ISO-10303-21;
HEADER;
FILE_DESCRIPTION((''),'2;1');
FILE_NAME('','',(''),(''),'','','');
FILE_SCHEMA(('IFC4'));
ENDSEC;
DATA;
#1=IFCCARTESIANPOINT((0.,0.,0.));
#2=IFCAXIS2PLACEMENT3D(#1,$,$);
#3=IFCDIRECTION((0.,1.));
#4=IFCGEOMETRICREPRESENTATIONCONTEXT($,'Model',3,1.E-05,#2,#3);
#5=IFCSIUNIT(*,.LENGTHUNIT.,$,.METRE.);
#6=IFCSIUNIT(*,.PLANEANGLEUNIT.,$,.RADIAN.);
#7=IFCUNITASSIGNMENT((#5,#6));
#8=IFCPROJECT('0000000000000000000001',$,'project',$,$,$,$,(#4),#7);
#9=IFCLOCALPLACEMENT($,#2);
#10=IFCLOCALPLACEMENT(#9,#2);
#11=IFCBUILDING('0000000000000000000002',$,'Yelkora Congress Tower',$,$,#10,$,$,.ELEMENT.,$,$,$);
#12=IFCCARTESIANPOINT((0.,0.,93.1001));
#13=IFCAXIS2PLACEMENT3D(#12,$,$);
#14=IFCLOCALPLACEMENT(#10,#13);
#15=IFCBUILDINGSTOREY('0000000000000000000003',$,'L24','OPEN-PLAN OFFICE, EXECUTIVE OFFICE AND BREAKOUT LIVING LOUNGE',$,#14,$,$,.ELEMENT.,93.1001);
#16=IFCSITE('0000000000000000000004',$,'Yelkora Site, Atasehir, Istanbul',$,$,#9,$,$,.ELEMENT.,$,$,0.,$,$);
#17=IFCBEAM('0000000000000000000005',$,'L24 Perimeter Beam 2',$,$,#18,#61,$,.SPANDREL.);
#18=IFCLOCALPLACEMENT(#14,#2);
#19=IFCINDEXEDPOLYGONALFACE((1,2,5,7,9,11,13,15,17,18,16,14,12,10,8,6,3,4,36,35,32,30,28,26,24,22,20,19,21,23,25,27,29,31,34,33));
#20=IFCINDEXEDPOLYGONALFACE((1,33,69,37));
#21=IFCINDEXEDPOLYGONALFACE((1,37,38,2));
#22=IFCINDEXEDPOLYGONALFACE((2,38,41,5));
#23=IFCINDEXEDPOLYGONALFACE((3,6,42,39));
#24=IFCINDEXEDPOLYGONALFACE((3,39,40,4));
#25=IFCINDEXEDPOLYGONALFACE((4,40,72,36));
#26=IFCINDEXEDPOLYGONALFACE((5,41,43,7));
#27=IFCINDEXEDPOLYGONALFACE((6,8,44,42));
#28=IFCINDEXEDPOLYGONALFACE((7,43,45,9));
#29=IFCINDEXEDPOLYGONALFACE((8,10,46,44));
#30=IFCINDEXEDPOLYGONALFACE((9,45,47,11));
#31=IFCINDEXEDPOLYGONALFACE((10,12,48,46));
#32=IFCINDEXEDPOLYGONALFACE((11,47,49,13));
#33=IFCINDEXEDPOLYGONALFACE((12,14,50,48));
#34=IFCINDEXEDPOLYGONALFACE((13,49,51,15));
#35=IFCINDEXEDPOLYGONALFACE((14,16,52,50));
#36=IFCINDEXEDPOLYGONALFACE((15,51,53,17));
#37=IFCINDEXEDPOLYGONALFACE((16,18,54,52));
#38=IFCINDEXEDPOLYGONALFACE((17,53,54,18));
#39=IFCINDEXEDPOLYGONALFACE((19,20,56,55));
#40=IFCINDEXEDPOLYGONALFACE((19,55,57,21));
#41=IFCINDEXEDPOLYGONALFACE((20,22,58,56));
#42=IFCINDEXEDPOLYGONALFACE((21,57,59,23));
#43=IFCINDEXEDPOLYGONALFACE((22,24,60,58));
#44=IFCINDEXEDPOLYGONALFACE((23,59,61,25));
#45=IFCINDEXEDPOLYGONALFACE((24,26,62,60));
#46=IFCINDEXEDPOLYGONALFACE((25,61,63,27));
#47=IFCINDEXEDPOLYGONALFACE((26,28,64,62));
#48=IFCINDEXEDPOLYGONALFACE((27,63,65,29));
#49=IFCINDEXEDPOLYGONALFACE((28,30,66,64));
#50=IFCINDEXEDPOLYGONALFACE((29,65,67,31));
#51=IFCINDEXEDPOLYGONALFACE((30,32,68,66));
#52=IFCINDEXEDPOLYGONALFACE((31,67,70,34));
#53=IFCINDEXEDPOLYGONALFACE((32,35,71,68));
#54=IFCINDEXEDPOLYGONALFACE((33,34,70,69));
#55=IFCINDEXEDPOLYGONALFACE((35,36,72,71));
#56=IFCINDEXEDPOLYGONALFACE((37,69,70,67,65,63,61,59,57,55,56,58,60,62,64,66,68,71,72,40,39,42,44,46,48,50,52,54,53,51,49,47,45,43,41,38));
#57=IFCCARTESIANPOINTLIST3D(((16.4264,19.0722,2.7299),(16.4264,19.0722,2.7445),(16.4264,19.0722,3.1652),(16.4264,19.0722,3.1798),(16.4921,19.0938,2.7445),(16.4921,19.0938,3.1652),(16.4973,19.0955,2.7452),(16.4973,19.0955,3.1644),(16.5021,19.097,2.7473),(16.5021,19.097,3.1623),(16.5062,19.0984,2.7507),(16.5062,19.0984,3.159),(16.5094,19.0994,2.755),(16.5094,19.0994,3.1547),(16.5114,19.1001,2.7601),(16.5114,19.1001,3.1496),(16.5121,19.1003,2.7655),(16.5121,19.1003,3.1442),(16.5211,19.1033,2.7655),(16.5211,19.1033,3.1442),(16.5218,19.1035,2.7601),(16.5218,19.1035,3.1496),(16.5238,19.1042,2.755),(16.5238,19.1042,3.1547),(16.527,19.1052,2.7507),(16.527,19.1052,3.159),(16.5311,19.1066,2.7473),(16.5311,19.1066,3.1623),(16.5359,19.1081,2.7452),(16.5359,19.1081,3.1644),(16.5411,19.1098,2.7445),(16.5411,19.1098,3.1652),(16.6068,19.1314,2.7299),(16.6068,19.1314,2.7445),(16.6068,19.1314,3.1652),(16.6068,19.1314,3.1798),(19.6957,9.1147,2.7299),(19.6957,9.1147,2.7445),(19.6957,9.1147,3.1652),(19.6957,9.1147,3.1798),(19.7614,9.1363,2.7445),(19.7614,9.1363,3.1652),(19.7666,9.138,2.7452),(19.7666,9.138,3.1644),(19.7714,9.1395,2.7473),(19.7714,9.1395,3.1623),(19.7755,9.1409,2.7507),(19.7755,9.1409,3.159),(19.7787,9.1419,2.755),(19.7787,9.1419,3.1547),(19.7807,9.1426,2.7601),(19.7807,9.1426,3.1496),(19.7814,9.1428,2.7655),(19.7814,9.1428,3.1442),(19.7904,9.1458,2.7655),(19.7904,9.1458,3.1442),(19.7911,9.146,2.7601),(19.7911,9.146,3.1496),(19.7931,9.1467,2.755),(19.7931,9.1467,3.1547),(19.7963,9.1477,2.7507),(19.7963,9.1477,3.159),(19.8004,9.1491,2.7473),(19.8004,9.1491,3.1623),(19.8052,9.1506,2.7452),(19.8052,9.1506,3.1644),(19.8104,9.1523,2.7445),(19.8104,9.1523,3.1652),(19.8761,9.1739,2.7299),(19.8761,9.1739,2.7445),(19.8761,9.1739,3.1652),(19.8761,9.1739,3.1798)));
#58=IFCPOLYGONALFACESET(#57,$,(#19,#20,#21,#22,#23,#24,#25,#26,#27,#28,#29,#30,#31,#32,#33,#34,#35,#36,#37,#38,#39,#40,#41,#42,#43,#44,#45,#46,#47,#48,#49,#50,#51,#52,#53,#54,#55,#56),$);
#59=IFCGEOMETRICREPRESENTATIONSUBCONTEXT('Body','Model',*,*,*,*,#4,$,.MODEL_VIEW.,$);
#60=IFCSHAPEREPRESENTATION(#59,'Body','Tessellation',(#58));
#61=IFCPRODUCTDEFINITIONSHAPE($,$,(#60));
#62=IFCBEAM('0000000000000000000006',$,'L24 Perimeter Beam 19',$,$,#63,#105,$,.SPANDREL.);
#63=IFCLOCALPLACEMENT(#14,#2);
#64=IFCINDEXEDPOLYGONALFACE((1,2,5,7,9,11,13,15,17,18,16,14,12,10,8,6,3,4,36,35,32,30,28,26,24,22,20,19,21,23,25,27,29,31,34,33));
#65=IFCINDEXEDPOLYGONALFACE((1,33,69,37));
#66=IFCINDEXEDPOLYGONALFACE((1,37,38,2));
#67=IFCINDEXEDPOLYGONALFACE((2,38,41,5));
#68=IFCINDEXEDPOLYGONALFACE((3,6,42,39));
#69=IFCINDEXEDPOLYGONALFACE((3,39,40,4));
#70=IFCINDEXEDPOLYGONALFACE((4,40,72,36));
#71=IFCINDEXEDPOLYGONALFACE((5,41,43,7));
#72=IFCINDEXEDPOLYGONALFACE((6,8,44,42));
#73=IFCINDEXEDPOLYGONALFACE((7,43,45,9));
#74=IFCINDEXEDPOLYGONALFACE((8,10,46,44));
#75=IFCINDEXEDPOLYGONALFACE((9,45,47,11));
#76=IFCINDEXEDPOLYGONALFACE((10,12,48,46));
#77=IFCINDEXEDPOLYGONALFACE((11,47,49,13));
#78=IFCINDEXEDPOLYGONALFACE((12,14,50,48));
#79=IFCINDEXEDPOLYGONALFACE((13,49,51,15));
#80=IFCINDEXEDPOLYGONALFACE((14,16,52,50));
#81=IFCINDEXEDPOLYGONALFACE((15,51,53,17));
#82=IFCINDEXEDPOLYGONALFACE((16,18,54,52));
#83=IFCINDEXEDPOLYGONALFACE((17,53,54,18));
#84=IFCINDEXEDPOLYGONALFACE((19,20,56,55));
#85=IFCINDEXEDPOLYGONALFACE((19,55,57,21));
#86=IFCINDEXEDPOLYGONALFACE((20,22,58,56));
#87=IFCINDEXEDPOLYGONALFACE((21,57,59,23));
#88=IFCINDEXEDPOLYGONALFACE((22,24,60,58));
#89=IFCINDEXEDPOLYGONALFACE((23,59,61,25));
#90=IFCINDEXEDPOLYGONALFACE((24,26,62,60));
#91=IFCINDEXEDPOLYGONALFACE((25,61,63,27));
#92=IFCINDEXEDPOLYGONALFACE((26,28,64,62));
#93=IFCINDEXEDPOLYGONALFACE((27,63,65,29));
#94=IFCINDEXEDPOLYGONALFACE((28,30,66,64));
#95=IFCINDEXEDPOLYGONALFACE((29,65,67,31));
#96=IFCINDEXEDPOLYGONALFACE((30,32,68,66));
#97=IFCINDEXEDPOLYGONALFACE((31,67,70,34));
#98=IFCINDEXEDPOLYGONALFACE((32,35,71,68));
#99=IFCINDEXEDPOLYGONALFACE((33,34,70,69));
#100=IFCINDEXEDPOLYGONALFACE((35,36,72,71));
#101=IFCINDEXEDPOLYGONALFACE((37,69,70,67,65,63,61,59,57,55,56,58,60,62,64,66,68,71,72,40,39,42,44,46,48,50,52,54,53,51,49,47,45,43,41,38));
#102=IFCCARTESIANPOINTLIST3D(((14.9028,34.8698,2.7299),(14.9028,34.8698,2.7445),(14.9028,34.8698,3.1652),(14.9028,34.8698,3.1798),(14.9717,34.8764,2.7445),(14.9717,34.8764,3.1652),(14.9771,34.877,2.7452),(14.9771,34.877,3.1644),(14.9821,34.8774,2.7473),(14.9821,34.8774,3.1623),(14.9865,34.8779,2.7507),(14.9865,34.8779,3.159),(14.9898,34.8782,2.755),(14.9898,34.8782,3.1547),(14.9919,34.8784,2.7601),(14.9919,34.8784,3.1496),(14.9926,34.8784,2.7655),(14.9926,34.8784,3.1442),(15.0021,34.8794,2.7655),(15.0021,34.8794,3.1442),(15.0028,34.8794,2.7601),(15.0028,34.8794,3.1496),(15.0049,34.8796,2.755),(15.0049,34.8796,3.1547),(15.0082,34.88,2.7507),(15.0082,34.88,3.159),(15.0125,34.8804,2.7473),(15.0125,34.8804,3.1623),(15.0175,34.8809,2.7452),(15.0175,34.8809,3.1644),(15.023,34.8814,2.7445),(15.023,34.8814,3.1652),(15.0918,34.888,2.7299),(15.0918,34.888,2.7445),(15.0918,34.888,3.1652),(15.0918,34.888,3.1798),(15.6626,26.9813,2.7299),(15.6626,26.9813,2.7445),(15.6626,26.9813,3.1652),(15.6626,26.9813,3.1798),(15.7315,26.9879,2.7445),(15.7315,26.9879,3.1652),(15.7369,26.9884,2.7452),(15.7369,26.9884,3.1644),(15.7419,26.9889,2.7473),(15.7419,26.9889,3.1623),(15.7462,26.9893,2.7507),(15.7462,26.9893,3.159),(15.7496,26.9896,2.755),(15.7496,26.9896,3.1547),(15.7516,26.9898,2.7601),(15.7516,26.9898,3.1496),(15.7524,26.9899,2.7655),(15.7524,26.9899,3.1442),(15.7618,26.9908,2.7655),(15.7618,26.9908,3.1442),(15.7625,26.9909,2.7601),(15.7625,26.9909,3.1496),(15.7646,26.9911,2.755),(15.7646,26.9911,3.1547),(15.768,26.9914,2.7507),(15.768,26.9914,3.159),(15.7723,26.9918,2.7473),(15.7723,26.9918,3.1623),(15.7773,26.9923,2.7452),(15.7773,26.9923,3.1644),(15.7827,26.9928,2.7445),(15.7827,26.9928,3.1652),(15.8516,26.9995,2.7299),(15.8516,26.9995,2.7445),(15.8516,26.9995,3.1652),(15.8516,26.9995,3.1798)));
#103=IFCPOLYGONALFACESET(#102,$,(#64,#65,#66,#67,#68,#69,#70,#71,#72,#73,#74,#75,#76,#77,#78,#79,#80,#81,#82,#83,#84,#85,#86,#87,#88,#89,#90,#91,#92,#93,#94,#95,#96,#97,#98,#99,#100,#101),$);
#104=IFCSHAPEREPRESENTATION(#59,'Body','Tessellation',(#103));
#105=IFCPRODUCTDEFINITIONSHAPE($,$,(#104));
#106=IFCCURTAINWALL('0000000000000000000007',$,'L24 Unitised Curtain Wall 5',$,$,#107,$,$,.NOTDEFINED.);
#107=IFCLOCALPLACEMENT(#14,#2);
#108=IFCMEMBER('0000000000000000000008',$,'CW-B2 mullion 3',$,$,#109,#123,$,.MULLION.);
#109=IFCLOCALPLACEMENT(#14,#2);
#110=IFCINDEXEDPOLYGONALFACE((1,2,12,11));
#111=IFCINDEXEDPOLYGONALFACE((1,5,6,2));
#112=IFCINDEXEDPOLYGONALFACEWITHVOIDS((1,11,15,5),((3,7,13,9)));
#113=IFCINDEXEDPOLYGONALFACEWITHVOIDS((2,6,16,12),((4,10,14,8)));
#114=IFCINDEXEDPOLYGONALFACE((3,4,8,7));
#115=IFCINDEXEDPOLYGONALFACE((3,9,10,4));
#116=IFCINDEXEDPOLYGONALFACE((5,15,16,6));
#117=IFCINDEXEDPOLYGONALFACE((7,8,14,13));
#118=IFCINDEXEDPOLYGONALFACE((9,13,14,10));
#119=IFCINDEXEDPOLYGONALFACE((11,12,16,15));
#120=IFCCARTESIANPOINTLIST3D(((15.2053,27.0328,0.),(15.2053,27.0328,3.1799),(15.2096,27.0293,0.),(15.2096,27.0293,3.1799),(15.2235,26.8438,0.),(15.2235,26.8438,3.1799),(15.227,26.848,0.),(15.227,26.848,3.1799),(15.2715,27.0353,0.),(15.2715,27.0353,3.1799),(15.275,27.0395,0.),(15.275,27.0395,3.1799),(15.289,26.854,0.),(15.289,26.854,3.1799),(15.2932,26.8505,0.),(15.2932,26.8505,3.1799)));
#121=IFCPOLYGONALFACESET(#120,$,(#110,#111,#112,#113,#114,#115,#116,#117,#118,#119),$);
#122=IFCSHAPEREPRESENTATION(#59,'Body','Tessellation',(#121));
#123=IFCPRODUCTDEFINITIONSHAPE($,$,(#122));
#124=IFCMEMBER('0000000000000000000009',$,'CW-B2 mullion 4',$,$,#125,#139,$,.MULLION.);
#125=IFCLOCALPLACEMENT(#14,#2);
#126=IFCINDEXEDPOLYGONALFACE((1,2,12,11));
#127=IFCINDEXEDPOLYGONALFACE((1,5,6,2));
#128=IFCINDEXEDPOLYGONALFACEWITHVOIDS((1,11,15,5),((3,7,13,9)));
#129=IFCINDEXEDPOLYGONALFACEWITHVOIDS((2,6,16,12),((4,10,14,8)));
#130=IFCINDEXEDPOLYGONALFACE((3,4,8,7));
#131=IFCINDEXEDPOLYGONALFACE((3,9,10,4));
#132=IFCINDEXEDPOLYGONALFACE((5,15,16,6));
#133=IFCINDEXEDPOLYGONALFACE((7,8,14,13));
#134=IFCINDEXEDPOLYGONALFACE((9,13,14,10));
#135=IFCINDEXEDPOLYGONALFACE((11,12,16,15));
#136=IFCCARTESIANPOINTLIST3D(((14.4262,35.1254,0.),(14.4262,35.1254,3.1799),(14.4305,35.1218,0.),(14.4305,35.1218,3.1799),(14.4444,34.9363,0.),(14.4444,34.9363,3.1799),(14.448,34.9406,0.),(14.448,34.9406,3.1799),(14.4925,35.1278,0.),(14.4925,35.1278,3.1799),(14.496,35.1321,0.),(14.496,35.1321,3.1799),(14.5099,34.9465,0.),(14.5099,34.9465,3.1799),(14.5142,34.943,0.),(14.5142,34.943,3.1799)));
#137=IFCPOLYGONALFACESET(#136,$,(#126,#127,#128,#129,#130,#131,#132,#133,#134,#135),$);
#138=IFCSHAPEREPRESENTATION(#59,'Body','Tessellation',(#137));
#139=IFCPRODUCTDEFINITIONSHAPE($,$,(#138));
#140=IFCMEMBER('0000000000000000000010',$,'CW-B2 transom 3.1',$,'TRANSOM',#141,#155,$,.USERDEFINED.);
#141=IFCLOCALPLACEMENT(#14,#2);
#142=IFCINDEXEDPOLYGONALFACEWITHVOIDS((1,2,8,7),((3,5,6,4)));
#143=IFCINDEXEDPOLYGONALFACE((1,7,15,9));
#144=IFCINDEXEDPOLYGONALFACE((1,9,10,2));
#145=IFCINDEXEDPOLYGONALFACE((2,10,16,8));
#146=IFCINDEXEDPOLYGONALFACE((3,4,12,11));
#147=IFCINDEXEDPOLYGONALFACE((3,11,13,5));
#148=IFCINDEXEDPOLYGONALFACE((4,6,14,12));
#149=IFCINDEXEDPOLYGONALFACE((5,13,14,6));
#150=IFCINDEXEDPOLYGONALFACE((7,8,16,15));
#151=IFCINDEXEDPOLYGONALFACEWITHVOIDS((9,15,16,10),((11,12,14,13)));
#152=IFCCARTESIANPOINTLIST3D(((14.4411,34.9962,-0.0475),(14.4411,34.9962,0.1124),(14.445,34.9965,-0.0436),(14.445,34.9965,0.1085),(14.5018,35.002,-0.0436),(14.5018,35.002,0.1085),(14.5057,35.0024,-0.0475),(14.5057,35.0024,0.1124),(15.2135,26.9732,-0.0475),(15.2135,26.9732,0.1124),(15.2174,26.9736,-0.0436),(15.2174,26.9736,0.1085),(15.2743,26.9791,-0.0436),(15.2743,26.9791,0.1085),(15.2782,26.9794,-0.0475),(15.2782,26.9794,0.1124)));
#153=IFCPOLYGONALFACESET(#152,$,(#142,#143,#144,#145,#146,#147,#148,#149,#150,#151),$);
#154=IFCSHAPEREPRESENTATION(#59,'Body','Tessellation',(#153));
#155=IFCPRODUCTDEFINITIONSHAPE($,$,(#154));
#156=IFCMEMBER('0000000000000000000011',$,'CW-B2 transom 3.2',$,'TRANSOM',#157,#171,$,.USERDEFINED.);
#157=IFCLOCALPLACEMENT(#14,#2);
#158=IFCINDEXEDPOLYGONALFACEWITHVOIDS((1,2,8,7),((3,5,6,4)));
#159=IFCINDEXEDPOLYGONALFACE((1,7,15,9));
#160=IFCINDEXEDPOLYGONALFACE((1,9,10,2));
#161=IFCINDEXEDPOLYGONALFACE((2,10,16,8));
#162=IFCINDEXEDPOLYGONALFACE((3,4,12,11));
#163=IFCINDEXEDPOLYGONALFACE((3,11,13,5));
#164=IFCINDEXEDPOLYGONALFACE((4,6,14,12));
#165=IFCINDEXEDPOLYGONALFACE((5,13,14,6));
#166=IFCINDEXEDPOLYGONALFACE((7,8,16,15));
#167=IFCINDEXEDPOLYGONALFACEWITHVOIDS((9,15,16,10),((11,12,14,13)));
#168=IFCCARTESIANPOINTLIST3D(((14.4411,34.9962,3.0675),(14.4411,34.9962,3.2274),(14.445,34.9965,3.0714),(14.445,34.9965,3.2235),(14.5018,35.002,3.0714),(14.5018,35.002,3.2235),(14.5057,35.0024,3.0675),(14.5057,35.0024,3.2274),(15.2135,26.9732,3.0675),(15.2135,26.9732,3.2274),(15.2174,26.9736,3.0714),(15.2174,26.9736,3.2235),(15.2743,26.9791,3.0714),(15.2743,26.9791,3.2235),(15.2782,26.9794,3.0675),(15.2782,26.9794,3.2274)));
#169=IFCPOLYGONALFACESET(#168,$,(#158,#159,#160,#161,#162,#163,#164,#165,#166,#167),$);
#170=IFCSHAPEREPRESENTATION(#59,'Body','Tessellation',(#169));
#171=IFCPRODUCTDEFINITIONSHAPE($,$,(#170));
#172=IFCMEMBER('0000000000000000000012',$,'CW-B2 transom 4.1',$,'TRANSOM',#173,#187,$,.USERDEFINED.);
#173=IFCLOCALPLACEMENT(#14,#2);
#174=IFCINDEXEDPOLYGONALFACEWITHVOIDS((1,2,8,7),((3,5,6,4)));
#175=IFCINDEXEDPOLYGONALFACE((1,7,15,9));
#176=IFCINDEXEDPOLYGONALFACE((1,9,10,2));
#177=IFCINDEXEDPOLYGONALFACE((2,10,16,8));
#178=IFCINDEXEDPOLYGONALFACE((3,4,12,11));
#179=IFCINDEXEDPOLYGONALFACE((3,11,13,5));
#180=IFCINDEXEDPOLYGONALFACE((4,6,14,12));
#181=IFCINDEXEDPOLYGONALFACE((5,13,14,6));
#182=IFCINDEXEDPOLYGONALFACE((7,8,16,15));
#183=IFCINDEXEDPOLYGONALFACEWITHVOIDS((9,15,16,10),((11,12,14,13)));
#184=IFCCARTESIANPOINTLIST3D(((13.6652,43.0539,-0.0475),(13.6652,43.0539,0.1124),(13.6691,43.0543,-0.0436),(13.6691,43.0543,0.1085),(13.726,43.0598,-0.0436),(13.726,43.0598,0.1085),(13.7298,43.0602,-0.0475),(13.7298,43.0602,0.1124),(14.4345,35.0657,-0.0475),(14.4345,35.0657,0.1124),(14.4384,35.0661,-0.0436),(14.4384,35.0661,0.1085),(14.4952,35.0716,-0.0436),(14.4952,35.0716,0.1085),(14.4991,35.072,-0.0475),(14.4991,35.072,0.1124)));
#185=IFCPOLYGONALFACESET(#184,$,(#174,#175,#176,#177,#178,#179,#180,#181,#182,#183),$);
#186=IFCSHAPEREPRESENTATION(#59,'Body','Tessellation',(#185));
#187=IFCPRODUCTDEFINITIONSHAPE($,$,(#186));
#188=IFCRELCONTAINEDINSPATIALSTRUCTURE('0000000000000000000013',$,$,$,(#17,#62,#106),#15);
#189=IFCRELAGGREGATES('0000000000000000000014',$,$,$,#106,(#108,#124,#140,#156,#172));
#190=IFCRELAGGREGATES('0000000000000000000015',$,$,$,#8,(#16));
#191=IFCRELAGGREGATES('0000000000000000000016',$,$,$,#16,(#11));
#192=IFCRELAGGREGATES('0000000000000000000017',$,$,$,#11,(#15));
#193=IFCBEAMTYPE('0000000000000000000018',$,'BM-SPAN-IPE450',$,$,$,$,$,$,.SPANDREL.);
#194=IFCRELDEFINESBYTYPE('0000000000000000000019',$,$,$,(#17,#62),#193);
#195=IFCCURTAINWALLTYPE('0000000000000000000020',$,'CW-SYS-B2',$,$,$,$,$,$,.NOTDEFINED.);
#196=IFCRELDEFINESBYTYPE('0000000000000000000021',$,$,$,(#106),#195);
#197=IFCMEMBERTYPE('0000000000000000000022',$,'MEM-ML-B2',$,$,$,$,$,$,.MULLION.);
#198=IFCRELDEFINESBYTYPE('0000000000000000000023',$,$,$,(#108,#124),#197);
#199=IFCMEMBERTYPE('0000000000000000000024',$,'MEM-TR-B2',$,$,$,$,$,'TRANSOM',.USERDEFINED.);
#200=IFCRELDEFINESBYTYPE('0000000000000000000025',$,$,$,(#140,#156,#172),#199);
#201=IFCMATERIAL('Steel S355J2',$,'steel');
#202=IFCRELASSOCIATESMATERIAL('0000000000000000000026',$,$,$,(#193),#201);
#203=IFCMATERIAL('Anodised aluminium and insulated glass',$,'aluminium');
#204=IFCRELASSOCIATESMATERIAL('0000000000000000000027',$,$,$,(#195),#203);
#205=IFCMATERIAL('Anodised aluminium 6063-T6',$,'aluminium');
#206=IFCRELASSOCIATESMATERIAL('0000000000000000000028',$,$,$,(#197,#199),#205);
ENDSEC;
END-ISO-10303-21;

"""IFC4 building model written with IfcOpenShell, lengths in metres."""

from ifc_helpers import new_model, si_unit, direction, frame, origin, origin_2d, place, context, subcontext, project, spatial, hollow_rectangle, i_section, extrude, material, material_profile, profile_set, type_object, element, aggregate, save


model = new_model("IFC4")

# Units and contexts
model_context = context("Model", 3, precision=1e-05, world=origin(), true_north=direction((0.0, 1.0)))
body_context = subcontext(model_context, "Body", "Model", "MODEL_VIEW")
ifc_project = project(units=[si_unit("LENGTHUNIT", "METRE"), si_unit("PLANEANGLEUNIT", "RADIAN")], contexts=[model_context])

# Site, building, storey
site_placement = place(None, origin())
site = spatial("IfcSite", under=ifc_project, at=site_placement, Name="Yelkora Site, Atasehir, Istanbul", CompositionType="ELEMENT", RefElevation=0.0)
building_placement = place(site_placement, origin())
building = spatial("IfcBuilding", under=site, at=building_placement, Name="Yelkora Congress Tower", CompositionType="ELEMENT")
storey_placement = place(building_placement, frame((0.0, 0.0, 93.1001)))
storey = spatial("IfcBuildingStorey", under=building, at=storey_placement, Name="L24", Description="OPEN-PLAN OFFICE, EXECUTIVE OFFICE AND BREAKOUT LIVING LOUNGE", CompositionType="ELEMENT", Elevation=93.1001)

# Beams
ifc_material_1 = material(Name="Steel S355J2", Category="steel")
ifc_material_profile_1 = material_profile(ifc_material_1, i_section(OverallWidth=0.1899, OverallDepth=0.45, WebThickness=0.0095, FlangeThickness=0.0146, FilletRadius=0.021, at=origin_2d()), Name="IPE 450")
ifc_profile_set_1 = profile_set([ifc_material_profile_1], Name="Steel S355J2")
beam_type_1 = type_object("IfcBeamType", Name="BM-SPAN-IPE450", PredefinedType="SPANDREL", material=ifc_profile_set_1)
beam_1_placement = place(storey_placement, frame((16.5166, 19.1018, 2.9548), z_axis=(0.311941, -0.950102, 0.0), x_axis=(0.950102, 0.311941, 0.0)))
element("IfcBeam", 1, at=beam_1_placement, inside=storey, type_object=beam_type_1, Name="L24 Perimeter Beam 2", PredefinedType="SPANDREL", context=body_context, shape_type="SweptSolid", body=[
    extrude(i_section(OverallWidth=0.1899, OverallDepth=0.45, WebThickness=0.0095, FlangeThickness=0.0146, FilletRadius=0.021, at=origin_2d()), origin(), (0.0, 0.0, 1.0), 10.4805),
])
beam_2_placement = place(storey_placement, frame((14.9973, 34.8789, 2.9548), z_axis=(0.09587, -0.995394, 0.0), x_axis=(0.995394, 0.09587, 0.0)))
element("IfcBeam", 2, at=beam_2_placement, inside=storey, type_object=beam_type_1, Name="L24 Perimeter Beam 19", PredefinedType="SPANDREL", context=body_context, shape_type="SweptSolid", body=[
    extrude(i_section(OverallWidth=0.1899, OverallDepth=0.45, WebThickness=0.0095, FlangeThickness=0.0146, FilletRadius=0.021, at=origin_2d()), origin(), (0.0, 0.0, 1.0), 7.925),
])

# Curtain wall, members
ifc_material_2 = material(Name="Anodised aluminium and insulated glass", Category="aluminium")
curtain_wall_type = type_object("IfcCurtainWallType", Name="CW-SYS-B2", PredefinedType="NOTDEFINED", material=ifc_material_2)
curtain_wall_placement = place(storey_placement, origin())
curtain_wall = element("IfcCurtainWall", 3, at=curtain_wall_placement, inside=storey, type_object=curtain_wall_type, Name="L24 Unitised Curtain Wall 5", PredefinedType="NOTDEFINED")
ifc_material_3 = material(Name="Anodised aluminium 6063-T6", Category="aluminium")
ifc_material_profile_2 = material_profile(ifc_material_3, hollow_rectangle(XDim=0.0701, YDim=0.1899, WallThickness=0.0039, at=origin_2d()), Name="ALU 70x190x4")
ifc_profile_set_2 = profile_set([ifc_material_profile_2], Name="Anodised aluminium 6063-T6")
member_type_1 = type_object("IfcMemberType", Name="MEM-ML-B2", PredefinedType="MULLION", material=ifc_profile_set_2)
member_1_placement = place(storey_placement, frame((15.2493, 26.9417, 0.0), z_axis=(0.0, 0.0, 1.0), x_axis=(-0.995397, -0.095843, 0.0)))
member_1 = element("IfcMember", 4, at=member_1_placement, type_object=member_type_1, Name="CW-B2 mullion 3", PredefinedType="MULLION", context=body_context, shape_type="SweptSolid", body=[
    extrude(hollow_rectangle(XDim=0.0701, YDim=0.1899, WallThickness=0.0039, at=origin_2d()), origin(), (0.0, 0.0, 1.0), 3.1799),
])
member_2_placement = place(storey_placement, frame((14.4702, 35.0342, 0.0), z_axis=(0.0, 0.0, 1.0), x_axis=(-0.995397, -0.095843, 0.0)))
member_2 = element("IfcMember", 5, at=member_2_placement, type_object=member_type_1, Name="CW-B2 mullion 4", PredefinedType="MULLION", context=body_context, shape_type="SweptSolid", body=[
    extrude(hollow_rectangle(XDim=0.0701, YDim=0.1899, WallThickness=0.0039, at=origin_2d()), origin(), (0.0, 0.0, 1.0), 3.1799),
])
ifc_material_profile_3 = material_profile(ifc_material_3, hollow_rectangle(XDim=0.0649, YDim=0.1599, WallThickness=0.0039, at=origin_2d()), Name="ALU 65x160x4")
ifc_profile_set_3 = profile_set([ifc_material_profile_3], Name="Anodised aluminium 6063-T6")
member_type_2 = type_object("IfcMemberType", Name="MEM-TR-B2", ElementType="TRANSOM", PredefinedType="USERDEFINED", material=ifc_profile_set_3)
member_3_placement = place(storey_placement, frame((15.2458, 26.9763, 0.0325), z_axis=(-0.095838, 0.995397, 0.0), x_axis=(-0.995397, -0.095838, 0.0)))
member_3 = element("IfcMember", 6, at=member_3_placement, type_object=member_type_2, Name="CW-B2 transom 3.1", ObjectType="TRANSOM", PredefinedType="USERDEFINED", context=body_context, shape_type="SweptSolid", body=[
    extrude(hollow_rectangle(XDim=0.0649, YDim=0.1599, WallThickness=0.0039, at=origin_2d()), origin(), (0.0, 0.0, 1.0), 8.0601),
])
member_4_placement = place(storey_placement, frame((15.2458, 26.9763, 3.1475), z_axis=(-0.095838, 0.995397, 0.0), x_axis=(-0.995397, -0.095838, 0.0)))
member_4 = element("IfcMember", 7, at=member_4_placement, type_object=member_type_2, Name="CW-B2 transom 3.2", ObjectType="TRANSOM", PredefinedType="USERDEFINED", context=body_context, shape_type="SweptSolid", body=[
    extrude(hollow_rectangle(XDim=0.0649, YDim=0.1599, WallThickness=0.0039, at=origin_2d()), origin(), (0.0, 0.0, 1.0), 8.0601),
])
member_5_placement = place(storey_placement, frame((14.4668, 35.0688, 0.0325), z_axis=(-0.095858, 0.995395, 0.0), x_axis=(-0.995395, -0.095858, 0.0)))
member_5 = element("IfcMember", 8, at=member_5_placement, type_object=member_type_2, Name="CW-B2 transom 4.1", ObjectType="TRANSOM", PredefinedType="USERDEFINED", context=body_context, shape_type="SweptSolid", body=[
    extrude(hollow_rectangle(XDim=0.0649, YDim=0.1599, WallThickness=0.0039, at=origin_2d()), origin(), (0.0, 0.0, 1.0), 8.0251),
])
aggregate(curtain_wall, [member_1, member_2, member_3, member_4, member_5])

save(model, "model.ifc")
